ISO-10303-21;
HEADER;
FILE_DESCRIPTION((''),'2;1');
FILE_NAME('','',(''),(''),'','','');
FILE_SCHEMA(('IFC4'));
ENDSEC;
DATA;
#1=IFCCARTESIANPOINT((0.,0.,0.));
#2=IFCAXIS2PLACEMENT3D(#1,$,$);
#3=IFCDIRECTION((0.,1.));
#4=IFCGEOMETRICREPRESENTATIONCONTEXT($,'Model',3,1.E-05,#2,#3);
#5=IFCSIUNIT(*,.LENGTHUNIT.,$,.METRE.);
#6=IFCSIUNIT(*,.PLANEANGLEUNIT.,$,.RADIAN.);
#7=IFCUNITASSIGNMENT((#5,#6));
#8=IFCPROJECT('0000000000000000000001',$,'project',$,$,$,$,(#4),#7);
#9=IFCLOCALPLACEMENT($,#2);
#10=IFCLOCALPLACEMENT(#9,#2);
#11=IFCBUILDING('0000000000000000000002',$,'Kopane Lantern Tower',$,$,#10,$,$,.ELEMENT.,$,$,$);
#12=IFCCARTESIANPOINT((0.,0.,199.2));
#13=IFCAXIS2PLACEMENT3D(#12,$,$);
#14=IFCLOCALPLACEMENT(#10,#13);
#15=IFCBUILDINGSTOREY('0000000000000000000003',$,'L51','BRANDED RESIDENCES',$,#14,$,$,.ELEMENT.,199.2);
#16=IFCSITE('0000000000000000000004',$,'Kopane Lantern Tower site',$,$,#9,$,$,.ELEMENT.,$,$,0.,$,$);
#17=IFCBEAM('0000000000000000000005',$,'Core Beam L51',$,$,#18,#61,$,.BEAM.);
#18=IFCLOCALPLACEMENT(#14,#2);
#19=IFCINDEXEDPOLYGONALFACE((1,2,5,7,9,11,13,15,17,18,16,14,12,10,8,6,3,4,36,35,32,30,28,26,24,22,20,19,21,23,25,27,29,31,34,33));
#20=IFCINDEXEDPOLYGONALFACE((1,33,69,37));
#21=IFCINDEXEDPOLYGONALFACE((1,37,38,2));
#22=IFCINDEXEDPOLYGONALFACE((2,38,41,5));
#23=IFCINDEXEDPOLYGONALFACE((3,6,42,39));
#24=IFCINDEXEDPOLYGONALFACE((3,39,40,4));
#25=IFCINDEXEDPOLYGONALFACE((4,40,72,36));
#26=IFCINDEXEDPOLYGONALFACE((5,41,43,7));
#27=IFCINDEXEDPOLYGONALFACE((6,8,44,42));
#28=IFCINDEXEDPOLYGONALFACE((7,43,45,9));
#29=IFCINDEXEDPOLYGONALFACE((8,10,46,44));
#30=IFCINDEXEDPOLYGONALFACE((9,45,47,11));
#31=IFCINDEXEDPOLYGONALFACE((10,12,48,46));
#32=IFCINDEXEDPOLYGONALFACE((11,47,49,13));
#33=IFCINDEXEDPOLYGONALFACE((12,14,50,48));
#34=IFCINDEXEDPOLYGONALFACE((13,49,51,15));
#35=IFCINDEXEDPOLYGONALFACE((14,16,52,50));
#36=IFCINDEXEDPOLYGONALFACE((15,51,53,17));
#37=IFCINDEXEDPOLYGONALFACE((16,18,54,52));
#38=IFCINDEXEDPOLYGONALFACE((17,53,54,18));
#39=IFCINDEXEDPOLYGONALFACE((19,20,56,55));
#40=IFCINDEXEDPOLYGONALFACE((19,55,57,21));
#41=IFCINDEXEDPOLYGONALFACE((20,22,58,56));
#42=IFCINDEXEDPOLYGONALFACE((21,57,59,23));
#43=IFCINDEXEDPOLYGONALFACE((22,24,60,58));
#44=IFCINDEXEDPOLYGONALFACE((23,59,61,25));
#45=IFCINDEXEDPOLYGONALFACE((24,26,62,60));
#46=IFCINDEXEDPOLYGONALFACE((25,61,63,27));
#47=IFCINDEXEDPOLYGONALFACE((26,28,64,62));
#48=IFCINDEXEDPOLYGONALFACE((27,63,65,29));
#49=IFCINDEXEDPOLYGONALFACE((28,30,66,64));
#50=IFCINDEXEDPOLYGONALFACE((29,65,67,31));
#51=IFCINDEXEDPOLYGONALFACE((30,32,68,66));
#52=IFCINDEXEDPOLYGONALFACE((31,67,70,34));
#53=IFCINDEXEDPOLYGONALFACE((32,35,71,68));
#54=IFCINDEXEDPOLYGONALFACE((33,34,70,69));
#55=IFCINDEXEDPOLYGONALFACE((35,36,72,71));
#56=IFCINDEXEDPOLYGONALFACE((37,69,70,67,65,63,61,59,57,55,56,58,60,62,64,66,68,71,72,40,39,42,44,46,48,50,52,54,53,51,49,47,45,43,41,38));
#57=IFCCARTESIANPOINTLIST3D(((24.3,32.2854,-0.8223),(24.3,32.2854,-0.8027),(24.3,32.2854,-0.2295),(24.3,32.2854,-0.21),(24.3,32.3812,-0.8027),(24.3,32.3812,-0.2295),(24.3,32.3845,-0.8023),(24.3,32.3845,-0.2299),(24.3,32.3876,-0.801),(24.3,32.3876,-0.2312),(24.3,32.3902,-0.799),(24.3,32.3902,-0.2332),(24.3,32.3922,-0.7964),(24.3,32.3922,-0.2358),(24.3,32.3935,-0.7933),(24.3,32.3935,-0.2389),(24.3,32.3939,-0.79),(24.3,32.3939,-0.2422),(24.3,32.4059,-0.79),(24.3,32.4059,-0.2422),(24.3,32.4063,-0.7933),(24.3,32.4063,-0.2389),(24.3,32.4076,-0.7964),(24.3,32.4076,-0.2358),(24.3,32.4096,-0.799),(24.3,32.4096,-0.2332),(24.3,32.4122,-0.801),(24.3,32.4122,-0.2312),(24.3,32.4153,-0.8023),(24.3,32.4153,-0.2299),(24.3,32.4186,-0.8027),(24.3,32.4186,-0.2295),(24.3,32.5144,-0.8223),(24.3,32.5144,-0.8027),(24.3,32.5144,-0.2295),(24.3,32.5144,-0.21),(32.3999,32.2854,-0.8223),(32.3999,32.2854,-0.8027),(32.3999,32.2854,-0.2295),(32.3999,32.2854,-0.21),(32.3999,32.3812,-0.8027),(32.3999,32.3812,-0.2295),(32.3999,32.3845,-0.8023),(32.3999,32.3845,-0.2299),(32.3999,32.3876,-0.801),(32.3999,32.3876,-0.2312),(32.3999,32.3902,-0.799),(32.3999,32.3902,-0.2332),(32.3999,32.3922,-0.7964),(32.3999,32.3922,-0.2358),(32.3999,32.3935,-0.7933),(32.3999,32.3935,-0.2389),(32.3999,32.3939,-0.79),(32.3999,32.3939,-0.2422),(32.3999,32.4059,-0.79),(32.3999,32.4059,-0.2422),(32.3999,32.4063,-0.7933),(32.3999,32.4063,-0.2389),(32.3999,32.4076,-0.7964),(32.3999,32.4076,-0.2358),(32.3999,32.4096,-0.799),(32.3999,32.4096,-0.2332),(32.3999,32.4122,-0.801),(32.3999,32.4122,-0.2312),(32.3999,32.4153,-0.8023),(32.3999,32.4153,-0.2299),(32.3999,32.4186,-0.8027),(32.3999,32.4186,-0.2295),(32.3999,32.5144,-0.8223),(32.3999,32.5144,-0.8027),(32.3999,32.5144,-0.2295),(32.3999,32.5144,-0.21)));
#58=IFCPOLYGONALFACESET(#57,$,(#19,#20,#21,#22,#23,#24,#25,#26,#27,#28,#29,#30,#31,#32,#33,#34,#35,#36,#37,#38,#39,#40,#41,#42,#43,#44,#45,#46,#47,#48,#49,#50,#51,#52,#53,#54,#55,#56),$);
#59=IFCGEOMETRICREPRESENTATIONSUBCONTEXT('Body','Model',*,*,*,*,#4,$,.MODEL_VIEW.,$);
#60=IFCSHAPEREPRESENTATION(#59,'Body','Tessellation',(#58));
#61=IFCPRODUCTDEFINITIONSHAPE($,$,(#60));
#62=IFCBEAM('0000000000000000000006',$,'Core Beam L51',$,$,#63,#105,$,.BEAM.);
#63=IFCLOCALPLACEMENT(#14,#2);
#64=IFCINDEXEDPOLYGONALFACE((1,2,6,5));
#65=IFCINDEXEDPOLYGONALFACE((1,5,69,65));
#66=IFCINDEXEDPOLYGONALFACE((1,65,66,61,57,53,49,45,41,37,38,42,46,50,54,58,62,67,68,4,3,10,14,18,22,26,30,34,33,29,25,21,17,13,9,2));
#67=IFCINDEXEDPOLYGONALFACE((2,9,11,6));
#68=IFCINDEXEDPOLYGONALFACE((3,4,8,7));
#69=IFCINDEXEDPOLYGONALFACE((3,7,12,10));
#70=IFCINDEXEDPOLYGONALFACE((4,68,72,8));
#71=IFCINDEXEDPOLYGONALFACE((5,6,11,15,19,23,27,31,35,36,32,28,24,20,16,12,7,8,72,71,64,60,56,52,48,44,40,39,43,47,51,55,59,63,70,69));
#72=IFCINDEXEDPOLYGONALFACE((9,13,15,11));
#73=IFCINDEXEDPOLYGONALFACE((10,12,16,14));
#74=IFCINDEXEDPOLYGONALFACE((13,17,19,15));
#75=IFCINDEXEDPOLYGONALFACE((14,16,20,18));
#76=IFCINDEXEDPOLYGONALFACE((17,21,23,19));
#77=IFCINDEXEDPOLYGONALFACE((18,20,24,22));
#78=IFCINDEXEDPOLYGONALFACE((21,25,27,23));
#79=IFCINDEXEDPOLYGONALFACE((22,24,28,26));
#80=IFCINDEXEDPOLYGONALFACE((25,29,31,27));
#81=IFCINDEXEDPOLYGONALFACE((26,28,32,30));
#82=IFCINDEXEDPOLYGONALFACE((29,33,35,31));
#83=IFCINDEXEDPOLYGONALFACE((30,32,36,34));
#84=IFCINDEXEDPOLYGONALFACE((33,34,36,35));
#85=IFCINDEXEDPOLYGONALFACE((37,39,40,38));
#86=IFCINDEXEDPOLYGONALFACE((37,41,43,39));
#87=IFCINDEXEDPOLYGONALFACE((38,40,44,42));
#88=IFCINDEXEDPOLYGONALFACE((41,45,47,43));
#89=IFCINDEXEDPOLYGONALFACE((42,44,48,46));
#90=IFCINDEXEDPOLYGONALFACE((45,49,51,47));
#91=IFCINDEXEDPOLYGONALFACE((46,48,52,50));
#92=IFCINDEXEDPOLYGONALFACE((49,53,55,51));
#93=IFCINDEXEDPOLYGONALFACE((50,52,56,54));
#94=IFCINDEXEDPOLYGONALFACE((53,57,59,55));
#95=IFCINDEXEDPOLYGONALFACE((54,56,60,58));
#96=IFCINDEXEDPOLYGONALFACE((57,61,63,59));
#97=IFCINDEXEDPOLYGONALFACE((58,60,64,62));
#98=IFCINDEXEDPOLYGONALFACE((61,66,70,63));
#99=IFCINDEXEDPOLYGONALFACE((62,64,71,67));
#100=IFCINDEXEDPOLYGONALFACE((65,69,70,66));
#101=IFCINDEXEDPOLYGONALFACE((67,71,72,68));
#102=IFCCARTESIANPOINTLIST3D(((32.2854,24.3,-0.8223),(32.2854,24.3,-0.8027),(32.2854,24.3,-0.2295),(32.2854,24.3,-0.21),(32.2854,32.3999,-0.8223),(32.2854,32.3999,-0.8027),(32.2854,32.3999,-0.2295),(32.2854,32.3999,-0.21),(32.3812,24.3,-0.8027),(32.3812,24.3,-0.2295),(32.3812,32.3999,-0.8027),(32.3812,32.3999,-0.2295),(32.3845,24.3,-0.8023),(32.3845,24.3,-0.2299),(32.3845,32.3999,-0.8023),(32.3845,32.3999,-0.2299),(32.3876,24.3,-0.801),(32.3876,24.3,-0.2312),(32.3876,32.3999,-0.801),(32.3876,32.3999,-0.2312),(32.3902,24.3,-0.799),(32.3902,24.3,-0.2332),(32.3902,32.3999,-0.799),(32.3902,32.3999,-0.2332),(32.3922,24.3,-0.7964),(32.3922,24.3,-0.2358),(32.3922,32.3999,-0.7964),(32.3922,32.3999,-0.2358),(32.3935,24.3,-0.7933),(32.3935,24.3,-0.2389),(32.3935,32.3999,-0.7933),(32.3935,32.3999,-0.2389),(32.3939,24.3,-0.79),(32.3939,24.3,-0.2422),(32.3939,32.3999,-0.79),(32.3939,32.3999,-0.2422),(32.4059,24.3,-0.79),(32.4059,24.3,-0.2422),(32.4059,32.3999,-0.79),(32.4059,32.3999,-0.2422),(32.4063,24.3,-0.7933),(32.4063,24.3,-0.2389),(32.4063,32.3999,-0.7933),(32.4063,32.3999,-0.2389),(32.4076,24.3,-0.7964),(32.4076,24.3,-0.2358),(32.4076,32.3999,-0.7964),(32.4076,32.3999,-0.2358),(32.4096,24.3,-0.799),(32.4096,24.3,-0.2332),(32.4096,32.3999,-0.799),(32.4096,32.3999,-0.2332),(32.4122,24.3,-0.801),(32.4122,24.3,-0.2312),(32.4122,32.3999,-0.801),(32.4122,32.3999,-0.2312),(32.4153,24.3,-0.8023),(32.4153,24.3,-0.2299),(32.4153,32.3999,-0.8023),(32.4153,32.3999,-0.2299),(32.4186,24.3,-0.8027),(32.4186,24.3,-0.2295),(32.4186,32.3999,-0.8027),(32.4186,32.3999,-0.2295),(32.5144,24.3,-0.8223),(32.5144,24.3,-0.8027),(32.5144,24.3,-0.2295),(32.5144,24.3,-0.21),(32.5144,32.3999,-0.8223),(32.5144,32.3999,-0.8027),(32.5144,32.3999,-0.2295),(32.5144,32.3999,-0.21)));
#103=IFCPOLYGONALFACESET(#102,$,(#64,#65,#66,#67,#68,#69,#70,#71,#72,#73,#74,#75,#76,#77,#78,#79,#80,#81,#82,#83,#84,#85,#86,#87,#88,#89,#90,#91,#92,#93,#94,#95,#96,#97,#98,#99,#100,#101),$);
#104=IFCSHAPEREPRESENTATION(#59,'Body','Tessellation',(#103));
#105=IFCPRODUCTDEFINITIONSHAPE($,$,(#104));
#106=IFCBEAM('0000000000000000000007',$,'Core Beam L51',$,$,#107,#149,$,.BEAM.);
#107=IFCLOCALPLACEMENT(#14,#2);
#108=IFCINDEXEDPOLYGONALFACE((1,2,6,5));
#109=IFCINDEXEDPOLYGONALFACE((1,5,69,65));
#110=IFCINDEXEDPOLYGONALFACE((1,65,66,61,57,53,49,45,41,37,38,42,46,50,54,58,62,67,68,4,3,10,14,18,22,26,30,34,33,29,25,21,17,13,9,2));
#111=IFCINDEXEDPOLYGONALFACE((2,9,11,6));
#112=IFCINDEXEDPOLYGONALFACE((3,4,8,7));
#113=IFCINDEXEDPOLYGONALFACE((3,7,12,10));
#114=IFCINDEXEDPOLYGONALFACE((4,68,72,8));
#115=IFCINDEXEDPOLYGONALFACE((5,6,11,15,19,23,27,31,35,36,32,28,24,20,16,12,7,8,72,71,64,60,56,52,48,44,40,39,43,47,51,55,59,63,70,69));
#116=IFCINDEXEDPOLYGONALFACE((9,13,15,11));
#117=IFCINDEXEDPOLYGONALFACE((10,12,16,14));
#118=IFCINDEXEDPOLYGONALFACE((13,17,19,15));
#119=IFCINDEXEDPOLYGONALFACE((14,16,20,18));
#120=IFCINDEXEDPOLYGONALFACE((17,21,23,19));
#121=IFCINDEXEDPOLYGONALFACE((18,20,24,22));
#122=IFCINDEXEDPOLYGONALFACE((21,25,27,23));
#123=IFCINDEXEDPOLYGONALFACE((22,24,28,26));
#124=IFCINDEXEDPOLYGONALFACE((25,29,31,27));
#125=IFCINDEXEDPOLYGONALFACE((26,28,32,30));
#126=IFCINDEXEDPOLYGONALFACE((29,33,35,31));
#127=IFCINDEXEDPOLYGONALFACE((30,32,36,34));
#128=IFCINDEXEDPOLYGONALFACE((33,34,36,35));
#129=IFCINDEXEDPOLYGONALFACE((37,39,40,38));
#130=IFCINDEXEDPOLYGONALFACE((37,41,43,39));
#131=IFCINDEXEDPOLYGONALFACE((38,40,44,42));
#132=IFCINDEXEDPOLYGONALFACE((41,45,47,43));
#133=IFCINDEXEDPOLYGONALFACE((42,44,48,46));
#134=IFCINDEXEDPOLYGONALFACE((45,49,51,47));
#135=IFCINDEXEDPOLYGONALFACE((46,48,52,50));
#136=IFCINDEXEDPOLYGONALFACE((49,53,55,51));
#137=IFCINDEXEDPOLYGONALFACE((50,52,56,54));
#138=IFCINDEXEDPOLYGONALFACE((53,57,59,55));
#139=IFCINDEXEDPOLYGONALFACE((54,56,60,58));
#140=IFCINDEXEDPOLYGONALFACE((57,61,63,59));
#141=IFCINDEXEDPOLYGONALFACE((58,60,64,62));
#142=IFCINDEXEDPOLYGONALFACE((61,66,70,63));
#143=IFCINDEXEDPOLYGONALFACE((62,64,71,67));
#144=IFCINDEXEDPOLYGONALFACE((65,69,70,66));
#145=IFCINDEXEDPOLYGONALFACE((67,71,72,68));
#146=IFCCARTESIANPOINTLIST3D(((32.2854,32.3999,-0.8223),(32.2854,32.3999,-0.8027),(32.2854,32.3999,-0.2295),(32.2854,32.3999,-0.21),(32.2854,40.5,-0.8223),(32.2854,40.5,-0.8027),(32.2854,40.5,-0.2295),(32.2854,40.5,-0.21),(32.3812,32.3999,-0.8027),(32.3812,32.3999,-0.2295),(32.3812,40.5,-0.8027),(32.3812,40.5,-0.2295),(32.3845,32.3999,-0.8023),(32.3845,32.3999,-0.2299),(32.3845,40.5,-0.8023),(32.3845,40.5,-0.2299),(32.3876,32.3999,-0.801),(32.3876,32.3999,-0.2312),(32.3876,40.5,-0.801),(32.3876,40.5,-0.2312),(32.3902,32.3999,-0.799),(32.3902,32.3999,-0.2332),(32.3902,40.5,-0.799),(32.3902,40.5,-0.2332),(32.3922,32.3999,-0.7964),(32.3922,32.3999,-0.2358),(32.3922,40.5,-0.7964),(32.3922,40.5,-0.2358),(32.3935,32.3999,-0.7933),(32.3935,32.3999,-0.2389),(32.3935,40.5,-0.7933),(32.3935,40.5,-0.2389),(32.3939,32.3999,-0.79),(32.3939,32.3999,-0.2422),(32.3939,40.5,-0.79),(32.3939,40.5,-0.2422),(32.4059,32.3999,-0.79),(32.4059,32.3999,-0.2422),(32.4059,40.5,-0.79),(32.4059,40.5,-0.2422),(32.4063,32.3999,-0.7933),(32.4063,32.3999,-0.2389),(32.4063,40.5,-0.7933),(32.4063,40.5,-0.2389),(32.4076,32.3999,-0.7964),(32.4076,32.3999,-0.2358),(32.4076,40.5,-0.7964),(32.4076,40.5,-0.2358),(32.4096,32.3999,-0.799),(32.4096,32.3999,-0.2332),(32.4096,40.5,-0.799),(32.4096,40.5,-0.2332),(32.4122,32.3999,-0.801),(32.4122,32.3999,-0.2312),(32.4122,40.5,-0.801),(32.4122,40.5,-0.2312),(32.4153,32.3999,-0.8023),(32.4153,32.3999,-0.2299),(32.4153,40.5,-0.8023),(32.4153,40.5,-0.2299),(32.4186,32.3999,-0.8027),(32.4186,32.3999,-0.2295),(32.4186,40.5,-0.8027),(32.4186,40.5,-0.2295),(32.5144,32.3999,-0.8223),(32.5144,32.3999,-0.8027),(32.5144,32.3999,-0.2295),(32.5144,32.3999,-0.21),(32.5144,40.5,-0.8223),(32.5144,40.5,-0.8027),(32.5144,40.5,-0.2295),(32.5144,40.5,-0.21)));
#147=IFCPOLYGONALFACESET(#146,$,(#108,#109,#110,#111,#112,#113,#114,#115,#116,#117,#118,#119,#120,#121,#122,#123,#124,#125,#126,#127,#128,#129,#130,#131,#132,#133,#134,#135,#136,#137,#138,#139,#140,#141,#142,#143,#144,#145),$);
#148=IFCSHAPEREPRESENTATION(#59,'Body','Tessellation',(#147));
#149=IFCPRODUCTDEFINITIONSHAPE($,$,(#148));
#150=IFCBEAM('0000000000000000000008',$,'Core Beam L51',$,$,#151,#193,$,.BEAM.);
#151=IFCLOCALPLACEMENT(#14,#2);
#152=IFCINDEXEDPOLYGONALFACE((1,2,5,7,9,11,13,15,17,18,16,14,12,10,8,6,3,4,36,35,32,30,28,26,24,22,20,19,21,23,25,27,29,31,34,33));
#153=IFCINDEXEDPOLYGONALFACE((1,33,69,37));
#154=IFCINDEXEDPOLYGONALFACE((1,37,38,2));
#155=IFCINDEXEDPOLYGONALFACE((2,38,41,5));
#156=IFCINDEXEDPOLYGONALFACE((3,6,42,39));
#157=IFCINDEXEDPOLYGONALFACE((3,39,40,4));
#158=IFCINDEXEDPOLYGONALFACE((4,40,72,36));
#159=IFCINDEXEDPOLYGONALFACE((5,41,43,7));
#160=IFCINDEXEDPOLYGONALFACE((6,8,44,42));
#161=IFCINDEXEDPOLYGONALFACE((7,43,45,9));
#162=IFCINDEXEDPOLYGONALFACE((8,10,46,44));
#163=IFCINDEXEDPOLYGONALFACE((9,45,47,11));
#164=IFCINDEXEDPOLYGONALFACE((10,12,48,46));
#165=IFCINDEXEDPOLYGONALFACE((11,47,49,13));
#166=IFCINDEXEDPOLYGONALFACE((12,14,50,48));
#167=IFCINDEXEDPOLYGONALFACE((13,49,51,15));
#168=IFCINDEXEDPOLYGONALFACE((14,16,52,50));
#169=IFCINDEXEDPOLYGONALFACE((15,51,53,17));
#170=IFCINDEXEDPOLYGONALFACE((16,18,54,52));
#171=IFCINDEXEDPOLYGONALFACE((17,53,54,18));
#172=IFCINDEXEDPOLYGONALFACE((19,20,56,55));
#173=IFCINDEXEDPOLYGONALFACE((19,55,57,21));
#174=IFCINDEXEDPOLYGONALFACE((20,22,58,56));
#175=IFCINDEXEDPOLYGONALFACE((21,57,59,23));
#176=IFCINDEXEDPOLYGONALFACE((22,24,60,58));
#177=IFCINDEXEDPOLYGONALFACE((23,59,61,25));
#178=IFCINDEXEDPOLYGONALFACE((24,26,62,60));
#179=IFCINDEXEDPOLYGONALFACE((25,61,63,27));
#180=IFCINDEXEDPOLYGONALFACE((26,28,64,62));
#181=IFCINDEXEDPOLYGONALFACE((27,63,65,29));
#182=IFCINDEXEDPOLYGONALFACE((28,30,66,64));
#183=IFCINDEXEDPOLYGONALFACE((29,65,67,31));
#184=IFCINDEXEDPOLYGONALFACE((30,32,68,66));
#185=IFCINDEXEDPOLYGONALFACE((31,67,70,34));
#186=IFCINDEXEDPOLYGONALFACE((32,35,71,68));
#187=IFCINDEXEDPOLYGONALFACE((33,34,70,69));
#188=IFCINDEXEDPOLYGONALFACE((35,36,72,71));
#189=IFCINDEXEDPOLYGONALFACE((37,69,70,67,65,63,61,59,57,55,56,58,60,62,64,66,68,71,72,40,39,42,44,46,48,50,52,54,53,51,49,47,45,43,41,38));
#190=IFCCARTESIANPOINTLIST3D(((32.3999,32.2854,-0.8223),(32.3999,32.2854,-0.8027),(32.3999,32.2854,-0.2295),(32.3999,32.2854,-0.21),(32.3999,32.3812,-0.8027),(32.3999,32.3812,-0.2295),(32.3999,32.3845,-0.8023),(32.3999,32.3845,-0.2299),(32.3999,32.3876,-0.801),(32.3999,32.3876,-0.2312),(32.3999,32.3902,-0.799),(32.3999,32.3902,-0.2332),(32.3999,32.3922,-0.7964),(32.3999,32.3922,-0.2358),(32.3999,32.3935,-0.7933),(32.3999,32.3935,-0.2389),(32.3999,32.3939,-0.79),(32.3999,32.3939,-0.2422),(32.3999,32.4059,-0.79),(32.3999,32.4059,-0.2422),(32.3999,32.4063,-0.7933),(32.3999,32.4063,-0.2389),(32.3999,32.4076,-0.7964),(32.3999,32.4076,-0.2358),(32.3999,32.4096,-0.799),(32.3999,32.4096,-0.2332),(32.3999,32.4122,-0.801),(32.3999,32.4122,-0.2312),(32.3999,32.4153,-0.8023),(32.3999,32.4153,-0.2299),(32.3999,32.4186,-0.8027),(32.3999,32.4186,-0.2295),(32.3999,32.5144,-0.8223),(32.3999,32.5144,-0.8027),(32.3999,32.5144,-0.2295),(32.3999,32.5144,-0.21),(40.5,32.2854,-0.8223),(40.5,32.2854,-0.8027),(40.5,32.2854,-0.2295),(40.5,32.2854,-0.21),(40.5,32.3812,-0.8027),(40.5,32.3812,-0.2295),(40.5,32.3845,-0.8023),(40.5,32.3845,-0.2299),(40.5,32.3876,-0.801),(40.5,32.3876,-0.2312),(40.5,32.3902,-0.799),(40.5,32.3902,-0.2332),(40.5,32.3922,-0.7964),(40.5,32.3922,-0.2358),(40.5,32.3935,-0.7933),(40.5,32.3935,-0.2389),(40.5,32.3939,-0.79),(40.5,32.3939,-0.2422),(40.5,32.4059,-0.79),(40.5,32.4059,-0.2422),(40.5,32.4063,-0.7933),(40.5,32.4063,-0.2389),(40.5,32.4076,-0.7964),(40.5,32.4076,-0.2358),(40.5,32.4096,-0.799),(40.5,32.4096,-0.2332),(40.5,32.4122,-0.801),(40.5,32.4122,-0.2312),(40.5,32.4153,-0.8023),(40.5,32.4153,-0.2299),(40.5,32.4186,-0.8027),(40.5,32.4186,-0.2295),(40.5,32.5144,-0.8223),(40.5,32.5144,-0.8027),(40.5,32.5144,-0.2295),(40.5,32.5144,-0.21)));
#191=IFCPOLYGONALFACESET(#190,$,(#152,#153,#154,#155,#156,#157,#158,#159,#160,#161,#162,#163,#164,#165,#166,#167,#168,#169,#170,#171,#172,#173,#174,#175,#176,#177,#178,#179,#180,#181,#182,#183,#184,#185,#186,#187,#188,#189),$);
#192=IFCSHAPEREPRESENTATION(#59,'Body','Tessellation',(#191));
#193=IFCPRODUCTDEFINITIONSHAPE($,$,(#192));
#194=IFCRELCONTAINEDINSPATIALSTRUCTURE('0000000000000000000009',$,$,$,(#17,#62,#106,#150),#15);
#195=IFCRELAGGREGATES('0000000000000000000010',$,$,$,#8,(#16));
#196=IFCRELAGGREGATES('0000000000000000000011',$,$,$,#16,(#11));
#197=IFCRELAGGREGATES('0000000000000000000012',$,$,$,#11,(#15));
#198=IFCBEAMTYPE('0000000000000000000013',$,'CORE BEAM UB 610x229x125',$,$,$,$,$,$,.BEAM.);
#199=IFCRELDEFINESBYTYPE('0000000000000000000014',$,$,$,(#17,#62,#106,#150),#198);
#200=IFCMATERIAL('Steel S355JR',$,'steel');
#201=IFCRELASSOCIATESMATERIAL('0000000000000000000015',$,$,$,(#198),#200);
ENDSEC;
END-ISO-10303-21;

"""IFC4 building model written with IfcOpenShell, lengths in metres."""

from ifc_helpers import new_model, si_unit, direction, frame, origin, origin_2d, place, context, subcontext, project, spatial, i_section, extrude, material, material_profile, profile_set, type_object, element, save


model = new_model("IFC4")

# Units and contexts
model_context = context("Model", 3, precision=1e-05, world=origin(), true_north=direction((0.0, 1.0)))
body_context = subcontext(model_context, "Body", "Model", "MODEL_VIEW")
ifc_project = project(units=[si_unit("LENGTHUNIT", "METRE"), si_unit("PLANEANGLEUNIT", "RADIAN")], contexts=[model_context])

# Site, building, storey
site_placement = place(None, origin())
site = spatial("IfcSite", under=ifc_project, at=site_placement, Name="Kopane Lantern Tower site", CompositionType="ELEMENT", RefElevation=0.0)
building_placement = place(site_placement, origin())
building = spatial("IfcBuilding", under=site, at=building_placement, Name="Kopane Lantern Tower", CompositionType="ELEMENT")
storey_placement = place(building_placement, frame((0.0, 0.0, 199.2)))
storey = spatial("IfcBuildingStorey", under=building, at=storey_placement, Name="L51", Description="BRANDED RESIDENCES", CompositionType="ELEMENT", Elevation=199.2)

# Beams
ifc_material_1 = material(Name="Steel S355JR", Category="steel")
ifc_material_profile_1 = material_profile(ifc_material_1, i_section(OverallWidth=0.229, OverallDepth=0.6123, WebThickness=0.012, FlangeThickness=0.0195, FilletRadius=0.0127, at=origin_2d()), Name="UB 610x229x125")
ifc_profile_set_1 = profile_set([ifc_material_profile_1], Name="Steel S355JR")
beam_type_1 = type_object("IfcBeamType", Name="CORE BEAM UB 610x229x125", PredefinedType="BEAM", material=ifc_profile_set_1)
for number, where, z_axis, x_axis, name in (
    (1, (24.3, 32.3999, -0.5161), (1.0, 0.0, 0.0), (0.0, 1.0, 0.0), "Core Beam L51"),
    (2, (32.3999, 24.3, -0.5161), (0.0, 1.0, 0.0), (-1.0, 0.0, 0.0), "Core Beam L51"),
):
    element("IfcBeam", number, at=place(storey_placement, frame(where, z_axis=z_axis, x_axis=x_axis)), inside=storey, type_object=beam_type_1, Name=name, PredefinedType="BEAM", context=body_context, shape_type="SweptSolid", body=[
        extrude(i_section(OverallWidth=0.229, OverallDepth=0.6123, WebThickness=0.012, FlangeThickness=0.0195, FilletRadius=0.0127, at=origin_2d()), origin(), (0.0, 0.0, 1.0), 8.0999),
    ])
for number, where, z_axis, x_axis, name in (
    (3, (32.3999, 32.3999, -0.5161), (0.0, 1.0, 0.0), (-1.0, 0.0, 0.0), "Core Beam L51"),
    (4, (32.3999, 32.3999, -0.5161), (1.0, 0.0, 0.0), (0.0, 1.0, 0.0), "Core Beam L51"),
):
    element("IfcBeam", number, at=place(storey_placement, frame(where, z_axis=z_axis, x_axis=x_axis)), inside=storey, type_object=beam_type_1, Name=name, PredefinedType="BEAM", context=body_context, shape_type="SweptSolid", body=[
        extrude(i_section(OverallWidth=0.229, OverallDepth=0.6123, WebThickness=0.012, FlangeThickness=0.0195, FilletRadius=0.0127, at=origin_2d()), origin(), (0.0, 0.0, 1.0), 8.1001),
    ])

save(model, "model.ifc")
